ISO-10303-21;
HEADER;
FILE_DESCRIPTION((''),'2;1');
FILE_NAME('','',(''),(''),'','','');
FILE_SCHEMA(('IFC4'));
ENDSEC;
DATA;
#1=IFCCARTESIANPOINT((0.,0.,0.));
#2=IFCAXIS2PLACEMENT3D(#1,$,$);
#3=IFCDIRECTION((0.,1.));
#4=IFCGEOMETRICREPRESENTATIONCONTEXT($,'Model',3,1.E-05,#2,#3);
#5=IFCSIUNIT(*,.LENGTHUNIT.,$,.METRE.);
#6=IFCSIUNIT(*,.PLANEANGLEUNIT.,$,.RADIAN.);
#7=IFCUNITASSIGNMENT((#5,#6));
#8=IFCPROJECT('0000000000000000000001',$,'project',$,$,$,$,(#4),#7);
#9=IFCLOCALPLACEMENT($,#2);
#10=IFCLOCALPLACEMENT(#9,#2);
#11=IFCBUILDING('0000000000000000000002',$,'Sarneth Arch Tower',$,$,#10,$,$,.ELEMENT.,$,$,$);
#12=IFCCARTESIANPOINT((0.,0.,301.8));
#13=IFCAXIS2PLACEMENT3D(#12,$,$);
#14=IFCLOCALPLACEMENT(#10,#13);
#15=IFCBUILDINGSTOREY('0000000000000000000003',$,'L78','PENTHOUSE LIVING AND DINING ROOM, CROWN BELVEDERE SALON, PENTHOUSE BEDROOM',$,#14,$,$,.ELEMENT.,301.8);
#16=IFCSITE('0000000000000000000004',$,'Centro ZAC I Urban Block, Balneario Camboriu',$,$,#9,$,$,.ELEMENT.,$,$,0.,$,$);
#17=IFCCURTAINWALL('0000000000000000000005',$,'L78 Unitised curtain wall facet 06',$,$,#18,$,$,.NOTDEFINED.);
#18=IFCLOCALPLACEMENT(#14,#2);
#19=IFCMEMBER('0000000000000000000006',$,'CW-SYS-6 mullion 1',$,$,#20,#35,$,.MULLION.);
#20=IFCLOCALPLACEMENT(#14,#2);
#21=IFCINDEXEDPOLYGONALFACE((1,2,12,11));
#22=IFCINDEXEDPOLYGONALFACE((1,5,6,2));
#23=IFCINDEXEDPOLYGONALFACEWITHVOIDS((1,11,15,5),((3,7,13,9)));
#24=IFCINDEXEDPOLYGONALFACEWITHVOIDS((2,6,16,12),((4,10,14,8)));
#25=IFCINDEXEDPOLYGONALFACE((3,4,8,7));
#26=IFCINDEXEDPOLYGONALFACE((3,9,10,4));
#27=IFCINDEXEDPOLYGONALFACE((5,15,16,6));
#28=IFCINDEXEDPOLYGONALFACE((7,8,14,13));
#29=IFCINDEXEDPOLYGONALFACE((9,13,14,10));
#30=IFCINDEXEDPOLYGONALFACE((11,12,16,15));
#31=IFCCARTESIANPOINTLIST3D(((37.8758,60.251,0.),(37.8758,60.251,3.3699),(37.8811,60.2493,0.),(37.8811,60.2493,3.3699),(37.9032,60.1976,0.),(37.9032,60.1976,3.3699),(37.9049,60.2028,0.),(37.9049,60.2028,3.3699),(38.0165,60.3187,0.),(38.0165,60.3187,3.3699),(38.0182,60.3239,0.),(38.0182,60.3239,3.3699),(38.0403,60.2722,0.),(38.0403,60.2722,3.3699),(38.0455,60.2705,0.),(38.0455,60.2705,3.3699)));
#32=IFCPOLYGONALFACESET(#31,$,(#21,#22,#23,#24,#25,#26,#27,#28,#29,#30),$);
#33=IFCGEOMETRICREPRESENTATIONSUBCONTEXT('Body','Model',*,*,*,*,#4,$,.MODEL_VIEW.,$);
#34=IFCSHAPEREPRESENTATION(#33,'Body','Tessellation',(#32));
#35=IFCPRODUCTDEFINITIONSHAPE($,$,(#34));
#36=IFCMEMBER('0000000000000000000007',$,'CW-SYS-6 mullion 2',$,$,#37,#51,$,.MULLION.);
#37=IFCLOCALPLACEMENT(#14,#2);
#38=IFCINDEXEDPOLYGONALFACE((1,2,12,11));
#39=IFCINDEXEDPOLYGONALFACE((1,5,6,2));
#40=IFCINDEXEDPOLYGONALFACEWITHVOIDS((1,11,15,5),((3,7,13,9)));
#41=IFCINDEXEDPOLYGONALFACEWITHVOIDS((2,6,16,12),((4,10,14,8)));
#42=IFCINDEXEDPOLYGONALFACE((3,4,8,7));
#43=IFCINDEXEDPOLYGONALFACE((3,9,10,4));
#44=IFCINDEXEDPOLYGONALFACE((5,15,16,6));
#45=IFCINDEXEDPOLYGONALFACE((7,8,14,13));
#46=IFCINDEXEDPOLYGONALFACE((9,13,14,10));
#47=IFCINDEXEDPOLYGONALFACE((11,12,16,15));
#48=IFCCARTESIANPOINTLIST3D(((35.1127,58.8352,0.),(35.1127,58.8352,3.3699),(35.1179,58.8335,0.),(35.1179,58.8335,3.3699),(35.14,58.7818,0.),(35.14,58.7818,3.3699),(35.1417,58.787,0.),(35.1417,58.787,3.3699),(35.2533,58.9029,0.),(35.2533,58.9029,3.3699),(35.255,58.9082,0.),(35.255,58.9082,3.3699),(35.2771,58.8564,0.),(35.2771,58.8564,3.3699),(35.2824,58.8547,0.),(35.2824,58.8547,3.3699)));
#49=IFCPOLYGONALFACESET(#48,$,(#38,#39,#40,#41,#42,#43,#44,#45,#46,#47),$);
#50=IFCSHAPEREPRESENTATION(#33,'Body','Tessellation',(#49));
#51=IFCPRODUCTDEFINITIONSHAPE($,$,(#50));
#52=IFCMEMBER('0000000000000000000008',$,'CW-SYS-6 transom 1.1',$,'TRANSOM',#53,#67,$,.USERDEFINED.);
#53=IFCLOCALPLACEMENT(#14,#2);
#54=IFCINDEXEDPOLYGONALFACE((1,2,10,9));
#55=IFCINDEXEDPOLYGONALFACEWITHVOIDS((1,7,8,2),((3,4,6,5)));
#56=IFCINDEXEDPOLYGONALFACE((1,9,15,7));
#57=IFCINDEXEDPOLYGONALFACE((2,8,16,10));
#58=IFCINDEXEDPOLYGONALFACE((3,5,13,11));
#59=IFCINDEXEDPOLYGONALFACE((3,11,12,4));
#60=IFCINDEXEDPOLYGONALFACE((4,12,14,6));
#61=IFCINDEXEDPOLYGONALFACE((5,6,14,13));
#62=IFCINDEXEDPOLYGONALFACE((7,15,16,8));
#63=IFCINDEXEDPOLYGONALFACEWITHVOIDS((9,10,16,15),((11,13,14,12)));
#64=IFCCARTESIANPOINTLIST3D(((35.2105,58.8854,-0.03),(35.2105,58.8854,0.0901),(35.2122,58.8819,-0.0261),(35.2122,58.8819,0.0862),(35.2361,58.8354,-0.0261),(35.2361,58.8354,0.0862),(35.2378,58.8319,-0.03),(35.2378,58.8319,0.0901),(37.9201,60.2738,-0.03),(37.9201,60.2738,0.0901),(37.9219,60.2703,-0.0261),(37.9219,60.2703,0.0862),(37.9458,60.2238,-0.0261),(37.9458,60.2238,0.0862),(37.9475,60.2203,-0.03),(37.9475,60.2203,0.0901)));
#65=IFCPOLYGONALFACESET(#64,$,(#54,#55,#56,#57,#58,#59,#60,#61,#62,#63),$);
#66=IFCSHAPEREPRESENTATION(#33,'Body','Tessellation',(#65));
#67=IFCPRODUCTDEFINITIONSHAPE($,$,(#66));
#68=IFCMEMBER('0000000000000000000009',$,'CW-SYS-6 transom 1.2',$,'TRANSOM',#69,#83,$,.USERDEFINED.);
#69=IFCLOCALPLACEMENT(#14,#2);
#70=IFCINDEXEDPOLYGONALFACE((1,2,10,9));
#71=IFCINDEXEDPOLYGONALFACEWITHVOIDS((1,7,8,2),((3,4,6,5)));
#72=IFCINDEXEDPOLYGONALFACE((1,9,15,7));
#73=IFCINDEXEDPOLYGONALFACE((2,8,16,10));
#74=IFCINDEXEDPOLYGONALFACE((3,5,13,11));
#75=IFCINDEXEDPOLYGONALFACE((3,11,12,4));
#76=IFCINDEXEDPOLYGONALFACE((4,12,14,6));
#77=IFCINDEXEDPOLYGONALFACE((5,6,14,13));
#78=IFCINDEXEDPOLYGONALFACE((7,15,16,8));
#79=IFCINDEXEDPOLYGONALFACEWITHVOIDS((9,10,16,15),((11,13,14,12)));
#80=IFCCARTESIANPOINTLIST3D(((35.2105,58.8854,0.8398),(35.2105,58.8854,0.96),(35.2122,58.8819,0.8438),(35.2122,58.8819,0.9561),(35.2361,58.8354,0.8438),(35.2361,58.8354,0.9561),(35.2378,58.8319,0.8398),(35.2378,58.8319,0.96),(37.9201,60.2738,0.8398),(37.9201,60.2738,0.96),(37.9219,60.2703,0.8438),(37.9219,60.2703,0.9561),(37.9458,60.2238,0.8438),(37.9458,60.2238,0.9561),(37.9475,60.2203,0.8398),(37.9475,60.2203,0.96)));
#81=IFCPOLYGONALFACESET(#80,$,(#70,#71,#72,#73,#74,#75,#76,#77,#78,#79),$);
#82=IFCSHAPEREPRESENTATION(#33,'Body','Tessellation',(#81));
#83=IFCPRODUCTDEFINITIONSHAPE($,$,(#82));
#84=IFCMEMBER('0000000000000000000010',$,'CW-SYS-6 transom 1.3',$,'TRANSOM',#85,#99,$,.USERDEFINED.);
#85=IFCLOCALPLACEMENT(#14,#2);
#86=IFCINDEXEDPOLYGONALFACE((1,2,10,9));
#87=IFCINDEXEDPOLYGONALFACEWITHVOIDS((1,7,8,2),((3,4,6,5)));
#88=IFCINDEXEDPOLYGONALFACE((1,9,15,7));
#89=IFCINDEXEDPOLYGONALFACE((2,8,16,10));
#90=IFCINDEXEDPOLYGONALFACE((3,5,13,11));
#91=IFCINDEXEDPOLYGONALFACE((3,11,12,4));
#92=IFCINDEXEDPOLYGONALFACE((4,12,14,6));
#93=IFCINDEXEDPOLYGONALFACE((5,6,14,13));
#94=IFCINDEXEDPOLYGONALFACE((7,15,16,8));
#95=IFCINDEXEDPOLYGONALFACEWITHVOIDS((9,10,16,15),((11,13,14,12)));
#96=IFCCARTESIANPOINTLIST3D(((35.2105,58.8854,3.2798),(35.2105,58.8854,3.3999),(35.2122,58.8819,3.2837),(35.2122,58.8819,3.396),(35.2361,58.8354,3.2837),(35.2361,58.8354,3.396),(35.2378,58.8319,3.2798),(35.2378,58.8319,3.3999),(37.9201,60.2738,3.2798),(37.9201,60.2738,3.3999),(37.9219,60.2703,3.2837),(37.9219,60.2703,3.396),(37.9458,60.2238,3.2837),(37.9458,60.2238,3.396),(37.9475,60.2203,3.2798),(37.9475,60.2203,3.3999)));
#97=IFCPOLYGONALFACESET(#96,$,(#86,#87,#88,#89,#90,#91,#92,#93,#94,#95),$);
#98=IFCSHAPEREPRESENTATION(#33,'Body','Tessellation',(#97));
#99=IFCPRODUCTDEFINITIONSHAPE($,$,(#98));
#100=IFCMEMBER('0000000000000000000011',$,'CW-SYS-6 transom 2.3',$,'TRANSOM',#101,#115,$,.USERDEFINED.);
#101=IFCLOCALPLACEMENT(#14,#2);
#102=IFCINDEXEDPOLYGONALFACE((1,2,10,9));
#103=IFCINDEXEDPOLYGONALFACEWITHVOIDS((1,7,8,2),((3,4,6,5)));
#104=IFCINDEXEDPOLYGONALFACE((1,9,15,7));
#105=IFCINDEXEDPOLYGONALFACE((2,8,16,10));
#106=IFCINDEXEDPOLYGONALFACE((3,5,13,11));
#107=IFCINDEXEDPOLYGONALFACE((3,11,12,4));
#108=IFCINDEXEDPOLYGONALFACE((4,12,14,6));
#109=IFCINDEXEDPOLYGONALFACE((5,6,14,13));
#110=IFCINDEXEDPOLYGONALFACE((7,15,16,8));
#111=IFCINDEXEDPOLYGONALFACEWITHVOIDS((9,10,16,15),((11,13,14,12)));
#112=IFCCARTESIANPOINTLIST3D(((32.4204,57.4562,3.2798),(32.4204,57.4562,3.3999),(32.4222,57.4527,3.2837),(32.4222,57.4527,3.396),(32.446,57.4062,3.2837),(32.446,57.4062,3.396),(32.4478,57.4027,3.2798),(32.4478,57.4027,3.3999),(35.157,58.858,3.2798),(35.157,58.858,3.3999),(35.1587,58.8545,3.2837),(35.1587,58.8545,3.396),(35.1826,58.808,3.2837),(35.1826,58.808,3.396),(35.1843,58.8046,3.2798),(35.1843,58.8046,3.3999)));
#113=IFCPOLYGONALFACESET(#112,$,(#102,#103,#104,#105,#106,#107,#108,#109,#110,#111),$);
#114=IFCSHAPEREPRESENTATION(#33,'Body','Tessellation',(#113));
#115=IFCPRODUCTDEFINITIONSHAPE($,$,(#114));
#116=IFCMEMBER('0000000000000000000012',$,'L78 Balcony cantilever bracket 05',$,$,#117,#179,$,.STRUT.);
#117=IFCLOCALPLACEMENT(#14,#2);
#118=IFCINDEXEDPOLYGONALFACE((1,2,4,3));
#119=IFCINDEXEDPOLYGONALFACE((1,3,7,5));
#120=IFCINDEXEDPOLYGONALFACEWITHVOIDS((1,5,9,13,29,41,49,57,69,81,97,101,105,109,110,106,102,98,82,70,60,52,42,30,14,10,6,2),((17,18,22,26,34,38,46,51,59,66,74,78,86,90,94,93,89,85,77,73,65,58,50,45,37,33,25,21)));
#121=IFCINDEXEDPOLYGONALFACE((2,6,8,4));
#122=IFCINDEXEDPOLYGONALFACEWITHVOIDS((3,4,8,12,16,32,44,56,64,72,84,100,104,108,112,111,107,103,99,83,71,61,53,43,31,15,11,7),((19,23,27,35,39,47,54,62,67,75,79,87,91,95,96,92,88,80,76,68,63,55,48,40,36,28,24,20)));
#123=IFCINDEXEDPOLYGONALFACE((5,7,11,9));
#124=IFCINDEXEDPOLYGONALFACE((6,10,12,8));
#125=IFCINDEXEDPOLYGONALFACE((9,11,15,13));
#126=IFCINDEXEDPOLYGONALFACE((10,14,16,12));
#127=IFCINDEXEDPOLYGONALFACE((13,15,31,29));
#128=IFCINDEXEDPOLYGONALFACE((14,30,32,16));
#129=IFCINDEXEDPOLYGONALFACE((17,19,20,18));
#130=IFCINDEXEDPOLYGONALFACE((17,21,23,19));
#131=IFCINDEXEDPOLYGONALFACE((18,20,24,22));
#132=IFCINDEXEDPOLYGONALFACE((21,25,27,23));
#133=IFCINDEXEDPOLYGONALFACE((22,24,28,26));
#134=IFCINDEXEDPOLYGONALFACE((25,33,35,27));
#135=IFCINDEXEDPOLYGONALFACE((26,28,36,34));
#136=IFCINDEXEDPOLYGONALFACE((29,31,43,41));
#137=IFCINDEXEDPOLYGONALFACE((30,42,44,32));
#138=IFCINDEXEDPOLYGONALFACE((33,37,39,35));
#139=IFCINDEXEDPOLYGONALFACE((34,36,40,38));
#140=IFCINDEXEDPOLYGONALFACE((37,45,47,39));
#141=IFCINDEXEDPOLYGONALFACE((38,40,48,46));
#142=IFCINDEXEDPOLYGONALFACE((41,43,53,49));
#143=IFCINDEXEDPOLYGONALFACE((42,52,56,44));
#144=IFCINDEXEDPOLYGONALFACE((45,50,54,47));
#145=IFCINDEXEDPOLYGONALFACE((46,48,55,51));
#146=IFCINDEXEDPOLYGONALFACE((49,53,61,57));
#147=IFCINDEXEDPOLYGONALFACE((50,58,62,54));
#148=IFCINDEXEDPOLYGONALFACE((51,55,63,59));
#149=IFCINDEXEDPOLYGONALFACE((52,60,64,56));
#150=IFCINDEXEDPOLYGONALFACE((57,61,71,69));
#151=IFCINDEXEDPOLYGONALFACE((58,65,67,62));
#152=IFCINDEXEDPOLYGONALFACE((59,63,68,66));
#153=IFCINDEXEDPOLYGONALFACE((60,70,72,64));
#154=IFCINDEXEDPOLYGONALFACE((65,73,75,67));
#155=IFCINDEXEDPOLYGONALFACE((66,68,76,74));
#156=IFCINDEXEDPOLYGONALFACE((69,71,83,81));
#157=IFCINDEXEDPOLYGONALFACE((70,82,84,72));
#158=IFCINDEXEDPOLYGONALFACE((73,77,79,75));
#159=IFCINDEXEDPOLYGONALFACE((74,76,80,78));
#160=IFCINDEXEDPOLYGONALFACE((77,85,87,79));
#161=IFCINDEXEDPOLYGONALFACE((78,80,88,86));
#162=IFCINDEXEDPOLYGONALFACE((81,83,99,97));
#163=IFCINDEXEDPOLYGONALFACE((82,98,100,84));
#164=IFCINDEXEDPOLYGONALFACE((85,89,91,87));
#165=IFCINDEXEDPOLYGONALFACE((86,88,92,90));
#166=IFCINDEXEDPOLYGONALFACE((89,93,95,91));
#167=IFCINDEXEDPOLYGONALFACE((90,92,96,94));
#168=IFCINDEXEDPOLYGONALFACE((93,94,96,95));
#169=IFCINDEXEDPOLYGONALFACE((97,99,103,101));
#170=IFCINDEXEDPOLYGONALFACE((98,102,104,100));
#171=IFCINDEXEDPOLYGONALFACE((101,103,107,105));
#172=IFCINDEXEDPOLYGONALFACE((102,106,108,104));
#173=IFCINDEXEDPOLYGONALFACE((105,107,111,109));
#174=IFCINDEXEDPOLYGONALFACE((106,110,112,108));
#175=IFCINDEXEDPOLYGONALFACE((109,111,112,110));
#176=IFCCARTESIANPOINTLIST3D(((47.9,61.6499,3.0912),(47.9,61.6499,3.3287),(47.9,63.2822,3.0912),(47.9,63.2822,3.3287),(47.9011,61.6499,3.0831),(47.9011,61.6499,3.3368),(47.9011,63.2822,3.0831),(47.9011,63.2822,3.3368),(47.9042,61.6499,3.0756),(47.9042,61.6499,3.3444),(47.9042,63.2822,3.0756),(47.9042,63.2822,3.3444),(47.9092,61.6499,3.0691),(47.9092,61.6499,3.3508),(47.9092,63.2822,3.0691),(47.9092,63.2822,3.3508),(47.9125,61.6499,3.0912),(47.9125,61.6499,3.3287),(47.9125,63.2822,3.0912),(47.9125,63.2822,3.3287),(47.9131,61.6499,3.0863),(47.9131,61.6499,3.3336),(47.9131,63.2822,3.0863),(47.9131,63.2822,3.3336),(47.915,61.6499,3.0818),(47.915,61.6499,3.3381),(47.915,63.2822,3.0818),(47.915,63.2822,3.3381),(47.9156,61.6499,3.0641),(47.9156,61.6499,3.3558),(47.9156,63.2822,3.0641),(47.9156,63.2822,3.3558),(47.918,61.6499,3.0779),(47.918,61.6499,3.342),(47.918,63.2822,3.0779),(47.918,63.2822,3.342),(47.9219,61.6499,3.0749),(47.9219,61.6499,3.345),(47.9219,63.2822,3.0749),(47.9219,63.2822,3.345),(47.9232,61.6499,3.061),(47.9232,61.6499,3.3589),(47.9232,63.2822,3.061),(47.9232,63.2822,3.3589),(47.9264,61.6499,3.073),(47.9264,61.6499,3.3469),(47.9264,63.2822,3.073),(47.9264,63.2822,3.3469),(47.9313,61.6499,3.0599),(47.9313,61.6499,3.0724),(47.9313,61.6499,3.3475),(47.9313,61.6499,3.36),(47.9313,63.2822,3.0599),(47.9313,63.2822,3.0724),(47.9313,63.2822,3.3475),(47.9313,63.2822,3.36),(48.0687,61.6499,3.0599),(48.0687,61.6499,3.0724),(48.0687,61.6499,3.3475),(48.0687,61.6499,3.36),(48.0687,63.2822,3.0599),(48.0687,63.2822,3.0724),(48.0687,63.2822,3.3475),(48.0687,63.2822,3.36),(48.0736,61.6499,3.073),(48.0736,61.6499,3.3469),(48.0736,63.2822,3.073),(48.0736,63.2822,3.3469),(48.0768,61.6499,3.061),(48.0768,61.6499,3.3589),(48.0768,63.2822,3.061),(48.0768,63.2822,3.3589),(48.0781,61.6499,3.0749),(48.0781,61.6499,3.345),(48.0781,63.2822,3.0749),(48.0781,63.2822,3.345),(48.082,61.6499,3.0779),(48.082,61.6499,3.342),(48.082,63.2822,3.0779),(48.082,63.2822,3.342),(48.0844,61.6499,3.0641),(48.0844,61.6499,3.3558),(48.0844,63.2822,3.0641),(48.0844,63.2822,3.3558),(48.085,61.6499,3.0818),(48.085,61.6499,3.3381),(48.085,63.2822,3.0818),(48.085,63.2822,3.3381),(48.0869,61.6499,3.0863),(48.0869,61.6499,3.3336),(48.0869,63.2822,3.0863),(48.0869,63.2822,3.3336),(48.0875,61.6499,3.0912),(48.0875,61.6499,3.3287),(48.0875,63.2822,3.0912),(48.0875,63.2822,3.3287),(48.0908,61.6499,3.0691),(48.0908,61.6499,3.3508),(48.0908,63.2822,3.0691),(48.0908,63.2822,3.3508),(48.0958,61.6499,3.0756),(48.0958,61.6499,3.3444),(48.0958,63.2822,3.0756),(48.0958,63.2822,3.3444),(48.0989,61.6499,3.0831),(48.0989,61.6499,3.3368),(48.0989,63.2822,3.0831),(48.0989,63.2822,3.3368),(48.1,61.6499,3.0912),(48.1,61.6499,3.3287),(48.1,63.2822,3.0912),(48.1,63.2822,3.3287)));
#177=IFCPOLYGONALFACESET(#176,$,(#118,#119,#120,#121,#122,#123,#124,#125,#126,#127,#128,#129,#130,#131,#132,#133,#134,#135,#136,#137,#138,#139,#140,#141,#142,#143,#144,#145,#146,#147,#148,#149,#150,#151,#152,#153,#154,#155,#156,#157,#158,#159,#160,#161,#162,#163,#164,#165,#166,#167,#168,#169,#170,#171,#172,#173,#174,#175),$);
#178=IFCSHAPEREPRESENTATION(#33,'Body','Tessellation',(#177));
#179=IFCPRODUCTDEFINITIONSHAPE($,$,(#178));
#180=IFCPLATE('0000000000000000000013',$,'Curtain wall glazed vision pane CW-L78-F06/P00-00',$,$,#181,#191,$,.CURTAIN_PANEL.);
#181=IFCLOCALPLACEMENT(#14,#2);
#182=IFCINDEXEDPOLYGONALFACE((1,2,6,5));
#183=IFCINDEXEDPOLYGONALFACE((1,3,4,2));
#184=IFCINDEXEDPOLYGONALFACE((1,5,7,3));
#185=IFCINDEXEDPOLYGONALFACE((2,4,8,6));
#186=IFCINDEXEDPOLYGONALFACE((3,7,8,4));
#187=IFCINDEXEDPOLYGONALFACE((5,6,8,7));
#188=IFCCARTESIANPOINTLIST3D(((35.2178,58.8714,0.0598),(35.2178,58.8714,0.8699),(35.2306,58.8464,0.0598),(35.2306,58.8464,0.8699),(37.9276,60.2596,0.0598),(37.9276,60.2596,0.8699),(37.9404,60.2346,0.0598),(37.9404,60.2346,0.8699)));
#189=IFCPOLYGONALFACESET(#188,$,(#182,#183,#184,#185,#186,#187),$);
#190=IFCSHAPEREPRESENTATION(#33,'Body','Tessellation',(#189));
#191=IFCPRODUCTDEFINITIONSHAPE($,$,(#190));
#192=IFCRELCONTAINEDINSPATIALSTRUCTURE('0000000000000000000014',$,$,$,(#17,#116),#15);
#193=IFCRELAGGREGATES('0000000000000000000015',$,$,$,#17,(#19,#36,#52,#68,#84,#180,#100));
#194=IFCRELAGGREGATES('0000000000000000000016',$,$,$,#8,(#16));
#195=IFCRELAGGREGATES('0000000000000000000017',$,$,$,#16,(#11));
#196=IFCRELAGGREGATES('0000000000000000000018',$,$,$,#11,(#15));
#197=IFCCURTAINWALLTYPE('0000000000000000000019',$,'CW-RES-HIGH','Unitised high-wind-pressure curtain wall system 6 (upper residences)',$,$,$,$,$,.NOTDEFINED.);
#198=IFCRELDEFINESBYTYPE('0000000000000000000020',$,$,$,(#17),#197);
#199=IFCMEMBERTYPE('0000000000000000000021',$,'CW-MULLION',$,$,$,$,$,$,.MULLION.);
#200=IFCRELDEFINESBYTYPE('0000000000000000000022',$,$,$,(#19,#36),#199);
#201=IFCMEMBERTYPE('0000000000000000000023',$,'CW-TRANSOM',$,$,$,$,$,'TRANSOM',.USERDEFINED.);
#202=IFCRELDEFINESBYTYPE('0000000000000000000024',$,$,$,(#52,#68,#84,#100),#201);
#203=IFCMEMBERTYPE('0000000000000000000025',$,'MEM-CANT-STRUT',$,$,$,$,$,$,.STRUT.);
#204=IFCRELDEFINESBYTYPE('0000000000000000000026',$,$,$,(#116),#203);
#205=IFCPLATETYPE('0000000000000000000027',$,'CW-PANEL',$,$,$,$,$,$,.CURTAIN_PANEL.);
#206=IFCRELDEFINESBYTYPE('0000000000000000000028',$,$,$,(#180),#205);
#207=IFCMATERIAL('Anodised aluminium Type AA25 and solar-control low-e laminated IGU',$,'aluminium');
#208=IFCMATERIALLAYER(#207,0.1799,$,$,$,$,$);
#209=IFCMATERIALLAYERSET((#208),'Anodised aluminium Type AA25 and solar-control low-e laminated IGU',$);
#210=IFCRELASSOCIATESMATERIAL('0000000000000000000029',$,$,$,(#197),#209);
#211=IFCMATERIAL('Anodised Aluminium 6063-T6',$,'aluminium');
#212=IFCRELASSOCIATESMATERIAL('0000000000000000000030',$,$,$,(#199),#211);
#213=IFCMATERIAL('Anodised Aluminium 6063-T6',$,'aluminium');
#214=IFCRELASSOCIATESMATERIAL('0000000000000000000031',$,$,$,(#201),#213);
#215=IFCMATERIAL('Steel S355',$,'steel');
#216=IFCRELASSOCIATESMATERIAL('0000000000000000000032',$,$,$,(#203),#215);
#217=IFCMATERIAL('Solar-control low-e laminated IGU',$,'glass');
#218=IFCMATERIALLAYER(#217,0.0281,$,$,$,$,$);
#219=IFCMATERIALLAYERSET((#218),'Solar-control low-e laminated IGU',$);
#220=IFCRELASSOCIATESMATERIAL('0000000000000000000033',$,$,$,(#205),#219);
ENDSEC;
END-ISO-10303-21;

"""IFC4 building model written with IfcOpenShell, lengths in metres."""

from ifc_helpers import new_model, si_unit, direction, frame, origin, origin_2d, place, context, subcontext, project, spatial, rectangle, hollow_rectangle, extrude, material, layer, layer_set, material_profile, profile_set, type_object, element, aggregate, save


model = new_model("IFC4")

# Units and contexts
model_context = context("Model", 3, precision=1e-05, world=origin(), true_north=direction((0.0, 1.0)))
body_context = subcontext(model_context, "Body", "Model", "MODEL_VIEW")
ifc_project = project(units=[si_unit("LENGTHUNIT", "METRE"), si_unit("PLANEANGLEUNIT", "RADIAN")], contexts=[model_context])

# Site, building, storey
site_placement = place(None, origin())
site = spatial("IfcSite", under=ifc_project, at=site_placement, Name="Centro ZAC I Urban Block, Balneario Camboriu", CompositionType="ELEMENT", RefElevation=0.0)
building_placement = place(site_placement, origin())
building = spatial("IfcBuilding", under=site, at=building_placement, Name="Sarneth Arch Tower", CompositionType="ELEMENT")
storey_placement = place(building_placement, frame((0.0, 0.0, 301.8)))
storey = spatial("IfcBuildingStorey", under=building, at=storey_placement, Name="L78", Description="PENTHOUSE LIVING AND DINING ROOM, CROWN BELVEDERE SALON, PENTHOUSE BEDROOM", CompositionType="ELEMENT", Elevation=301.8)

# Curtain wall, members
ifc_material_1 = material(Name="Anodised aluminium Type AA25 and solar-control low-e laminated IGU", Category="aluminium")
ifc_layer_1 = layer(ifc_material_1, 0.1799)
ifc_layer_set_1 = layer_set([ifc_layer_1], Name="Anodised aluminium Type AA25 and solar-control low-e laminated IGU")
curtain_wall_type = type_object("IfcCurtainWallType", Name="CW-RES-HIGH", Description="Unitised high-wind-pressure curtain wall system 6 (upper residences)", PredefinedType="NOTDEFINED", material=ifc_layer_set_1)
curtain_wall_placement = place(storey_placement, origin())
curtain_wall = element("IfcCurtainWall", 1, at=curtain_wall_placement, inside=storey, type_object=curtain_wall_type, Name="L78 Unitised curtain wall facet 06", PredefinedType="NOTDEFINED")
ifc_material_2 = material(Name="Anodised Aluminium 6063-T6", Category="aluminium")
ifc_material_profile_1 = material_profile(ifc_material_2, hollow_rectangle(XDim=0.0601, YDim=0.1599, WallThickness=0.0039, at=origin_2d()), Name="AL-MULL-160x60x4")
ifc_profile_set_1 = profile_set([ifc_material_profile_1], Name="Anodised Aluminium 6063-T6")
member_type_1 = type_object("IfcMemberType", Name="CW-MULLION", PredefinedType="MULLION", material=ifc_profile_set_1)
member_1_placement = place(storey_placement, frame((37.9607, 60.2607, 0.0), z_axis=(0.0, 0.0, 1.0), x_axis=(0.455942, -0.89001, 0.0)))
member_1 = element("IfcMember", 2, at=member_1_placement, type_object=member_type_1, Name="CW-SYS-6 mullion 1", PredefinedType="MULLION", context=body_context, shape_type="SweptSolid", body=[
    extrude(hollow_rectangle(XDim=0.0601, YDim=0.1599, WallThickness=0.0039, at=origin_2d()), origin(), (0.0, 0.0, 1.0), 3.3699),
])
member_2_placement = place(storey_placement, frame((35.1975, 58.845, 0.0), z_axis=(0.0, 0.0, 1.0), x_axis=(0.455942, -0.89001, 0.0)))
member_2 = element("IfcMember", 3, at=member_2_placement, type_object=member_type_1, Name="CW-SYS-6 mullion 2", PredefinedType="MULLION", context=body_context, shape_type="SweptSolid", body=[
    extrude(hollow_rectangle(XDim=0.0601, YDim=0.1599, WallThickness=0.0039, at=origin_2d()), origin(), (0.0, 0.0, 1.0), 3.3699),
])
ifc_material_3 = material(Name="Anodised Aluminium 6063-T6", Category="aluminium")
ifc_material_profile_2 = material_profile(ifc_material_3, hollow_rectangle(XDim=0.0601, YDim=0.1201, WallThickness=0.0039, at=origin_2d()), Name="AL-TRAN-120x60x4")
ifc_profile_set_2 = profile_set([ifc_material_profile_2], Name="Anodised Aluminium 6063-T6")
member_type_2 = type_object("IfcMemberType", Name="CW-TRANSOM", ElementType="TRANSOM", PredefinedType="USERDEFINED", material=ifc_profile_set_2)
member_3_placement = place(storey_placement, frame((37.9338, 60.2471, 0.03), z_axis=(-0.889974, -0.456012, 0.0), x_axis=(0.456012, -0.889974, 0.0)))
member_3 = element("IfcMember", 4, at=member_3_placement, type_object=member_type_2, Name="CW-SYS-6 transom 1.1", ObjectType="TRANSOM", PredefinedType="USERDEFINED", context=body_context, shape_type="SweptSolid", body=[
    extrude(hollow_rectangle(XDim=0.0601, YDim=0.1201, WallThickness=0.0039, at=origin_2d()), origin(), (0.0, 0.0, 1.0), 3.0447),
])
member_4_placement = place(storey_placement, frame((37.9338, 60.2471, 0.8999), z_axis=(-0.889974, -0.456012, 0.0), x_axis=(0.456012, -0.889974, 0.0)))
member_4 = element("IfcMember", 5, at=member_4_placement, type_object=member_type_2, Name="CW-SYS-6 transom 1.2", ObjectType="TRANSOM", PredefinedType="USERDEFINED", context=body_context, shape_type="SweptSolid", body=[
    extrude(hollow_rectangle(XDim=0.0601, YDim=0.1201, WallThickness=0.0039, at=origin_2d()), origin(), (0.0, 0.0, 1.0), 3.0447),
])
member_5_placement = place(storey_placement, frame((37.9338, 60.2471, 3.3398), z_axis=(-0.889974, -0.456012, 0.0), x_axis=(0.456012, -0.889974, 0.0)))
member_5 = element("IfcMember", 6, at=member_5_placement, type_object=member_type_2, Name="CW-SYS-6 transom 1.3", ObjectType="TRANSOM", PredefinedType="USERDEFINED", context=body_context, shape_type="SweptSolid", body=[
    extrude(hollow_rectangle(XDim=0.0601, YDim=0.1201, WallThickness=0.0039, at=origin_2d()), origin(), (0.0, 0.0, 1.0), 3.0447),
])
member_6_placement = place(storey_placement, frame((35.1707, 58.8313, 3.3398), z_axis=(-0.890017, -0.455926, 0.0), x_axis=(0.455926, -0.890017, 0.0)))
member_6 = element("IfcMember", 7, at=member_6_placement, type_object=member_type_2, Name="CW-SYS-6 transom 2.3", ObjectType="TRANSOM", PredefinedType="USERDEFINED", context=body_context, shape_type="SweptSolid", body=[
    extrude(hollow_rectangle(XDim=0.0601, YDim=0.1201, WallThickness=0.0039, at=origin_2d()), origin(), (0.0, 0.0, 1.0), 3.0747),
])

# Member
ifc_material_4 = material(Name="Steel S355", Category="steel")
ifc_material_profile_3 = material_profile(ifc_material_4, hollow_rectangle(XDim=0.2, YDim=0.3, WallThickness=0.0125, InnerFilletRadius=0.0188, OuterFilletRadius=0.0312, at=origin_2d()), Name="RHS300x200x12.5")
ifc_profile_set_3 = profile_set([ifc_material_profile_3], Name="Steel S355")
member_type_3 = type_object("IfcMemberType", Name="MEM-CANT-STRUT", PredefinedType="STRUT", material=ifc_profile_set_3)
member_7_placement = place(storey_placement, frame((48.0, 61.6499, 3.21), z_axis=(0.0, 1.0, 0.0), x_axis=(-1.0, 0.0, 0.0)))
element("IfcMember", 8, at=member_7_placement, inside=storey, type_object=member_type_3, Name="L78 Balcony cantilever bracket 05", PredefinedType="STRUT", context=body_context, shape_type="SweptSolid", body=[
    extrude(hollow_rectangle(XDim=0.2, YDim=0.3, WallThickness=0.0125, InnerFilletRadius=0.0188, OuterFilletRadius=0.0312, at=origin_2d()), origin(), (0.0, 0.0, 1.0), 1.6323),
])

# Plate
ifc_material_5 = material(Name="Solar-control low-e laminated IGU", Category="glass")
ifc_layer_2 = layer(ifc_material_5, 0.0281)
ifc_layer_set_2 = layer_set([ifc_layer_2], Name="Solar-control low-e laminated IGU")
plate_type = type_object("IfcPlateType", Name="CW-PANEL", PredefinedType="CURTAIN_PANEL", material=ifc_layer_set_2)
plate_1_placement = place(storey_placement, frame((36.5791, 59.553, 0.0598), z_axis=(0.0, 0.0, 1.0), x_axis=(-0.89001, -0.455942, 0.0)))
plate_1 = element("IfcPlate", 9, at=plate_1_placement, type_object=plate_type, Name="Curtain wall glazed vision pane CW-L78-F06/P00-00", PredefinedType="CURTAIN_PANEL", context=body_context, shape_type="SweptSolid", body=[
    extrude(rectangle(XDim=3.0447, YDim=0.0281, at=origin_2d()), origin(), (0.0, 0.0, 1.0), 0.8101),
])
aggregate(curtain_wall, [member_1, member_2, member_3, member_4, member_5, plate_1, member_6])

save(model, "model.ifc")
